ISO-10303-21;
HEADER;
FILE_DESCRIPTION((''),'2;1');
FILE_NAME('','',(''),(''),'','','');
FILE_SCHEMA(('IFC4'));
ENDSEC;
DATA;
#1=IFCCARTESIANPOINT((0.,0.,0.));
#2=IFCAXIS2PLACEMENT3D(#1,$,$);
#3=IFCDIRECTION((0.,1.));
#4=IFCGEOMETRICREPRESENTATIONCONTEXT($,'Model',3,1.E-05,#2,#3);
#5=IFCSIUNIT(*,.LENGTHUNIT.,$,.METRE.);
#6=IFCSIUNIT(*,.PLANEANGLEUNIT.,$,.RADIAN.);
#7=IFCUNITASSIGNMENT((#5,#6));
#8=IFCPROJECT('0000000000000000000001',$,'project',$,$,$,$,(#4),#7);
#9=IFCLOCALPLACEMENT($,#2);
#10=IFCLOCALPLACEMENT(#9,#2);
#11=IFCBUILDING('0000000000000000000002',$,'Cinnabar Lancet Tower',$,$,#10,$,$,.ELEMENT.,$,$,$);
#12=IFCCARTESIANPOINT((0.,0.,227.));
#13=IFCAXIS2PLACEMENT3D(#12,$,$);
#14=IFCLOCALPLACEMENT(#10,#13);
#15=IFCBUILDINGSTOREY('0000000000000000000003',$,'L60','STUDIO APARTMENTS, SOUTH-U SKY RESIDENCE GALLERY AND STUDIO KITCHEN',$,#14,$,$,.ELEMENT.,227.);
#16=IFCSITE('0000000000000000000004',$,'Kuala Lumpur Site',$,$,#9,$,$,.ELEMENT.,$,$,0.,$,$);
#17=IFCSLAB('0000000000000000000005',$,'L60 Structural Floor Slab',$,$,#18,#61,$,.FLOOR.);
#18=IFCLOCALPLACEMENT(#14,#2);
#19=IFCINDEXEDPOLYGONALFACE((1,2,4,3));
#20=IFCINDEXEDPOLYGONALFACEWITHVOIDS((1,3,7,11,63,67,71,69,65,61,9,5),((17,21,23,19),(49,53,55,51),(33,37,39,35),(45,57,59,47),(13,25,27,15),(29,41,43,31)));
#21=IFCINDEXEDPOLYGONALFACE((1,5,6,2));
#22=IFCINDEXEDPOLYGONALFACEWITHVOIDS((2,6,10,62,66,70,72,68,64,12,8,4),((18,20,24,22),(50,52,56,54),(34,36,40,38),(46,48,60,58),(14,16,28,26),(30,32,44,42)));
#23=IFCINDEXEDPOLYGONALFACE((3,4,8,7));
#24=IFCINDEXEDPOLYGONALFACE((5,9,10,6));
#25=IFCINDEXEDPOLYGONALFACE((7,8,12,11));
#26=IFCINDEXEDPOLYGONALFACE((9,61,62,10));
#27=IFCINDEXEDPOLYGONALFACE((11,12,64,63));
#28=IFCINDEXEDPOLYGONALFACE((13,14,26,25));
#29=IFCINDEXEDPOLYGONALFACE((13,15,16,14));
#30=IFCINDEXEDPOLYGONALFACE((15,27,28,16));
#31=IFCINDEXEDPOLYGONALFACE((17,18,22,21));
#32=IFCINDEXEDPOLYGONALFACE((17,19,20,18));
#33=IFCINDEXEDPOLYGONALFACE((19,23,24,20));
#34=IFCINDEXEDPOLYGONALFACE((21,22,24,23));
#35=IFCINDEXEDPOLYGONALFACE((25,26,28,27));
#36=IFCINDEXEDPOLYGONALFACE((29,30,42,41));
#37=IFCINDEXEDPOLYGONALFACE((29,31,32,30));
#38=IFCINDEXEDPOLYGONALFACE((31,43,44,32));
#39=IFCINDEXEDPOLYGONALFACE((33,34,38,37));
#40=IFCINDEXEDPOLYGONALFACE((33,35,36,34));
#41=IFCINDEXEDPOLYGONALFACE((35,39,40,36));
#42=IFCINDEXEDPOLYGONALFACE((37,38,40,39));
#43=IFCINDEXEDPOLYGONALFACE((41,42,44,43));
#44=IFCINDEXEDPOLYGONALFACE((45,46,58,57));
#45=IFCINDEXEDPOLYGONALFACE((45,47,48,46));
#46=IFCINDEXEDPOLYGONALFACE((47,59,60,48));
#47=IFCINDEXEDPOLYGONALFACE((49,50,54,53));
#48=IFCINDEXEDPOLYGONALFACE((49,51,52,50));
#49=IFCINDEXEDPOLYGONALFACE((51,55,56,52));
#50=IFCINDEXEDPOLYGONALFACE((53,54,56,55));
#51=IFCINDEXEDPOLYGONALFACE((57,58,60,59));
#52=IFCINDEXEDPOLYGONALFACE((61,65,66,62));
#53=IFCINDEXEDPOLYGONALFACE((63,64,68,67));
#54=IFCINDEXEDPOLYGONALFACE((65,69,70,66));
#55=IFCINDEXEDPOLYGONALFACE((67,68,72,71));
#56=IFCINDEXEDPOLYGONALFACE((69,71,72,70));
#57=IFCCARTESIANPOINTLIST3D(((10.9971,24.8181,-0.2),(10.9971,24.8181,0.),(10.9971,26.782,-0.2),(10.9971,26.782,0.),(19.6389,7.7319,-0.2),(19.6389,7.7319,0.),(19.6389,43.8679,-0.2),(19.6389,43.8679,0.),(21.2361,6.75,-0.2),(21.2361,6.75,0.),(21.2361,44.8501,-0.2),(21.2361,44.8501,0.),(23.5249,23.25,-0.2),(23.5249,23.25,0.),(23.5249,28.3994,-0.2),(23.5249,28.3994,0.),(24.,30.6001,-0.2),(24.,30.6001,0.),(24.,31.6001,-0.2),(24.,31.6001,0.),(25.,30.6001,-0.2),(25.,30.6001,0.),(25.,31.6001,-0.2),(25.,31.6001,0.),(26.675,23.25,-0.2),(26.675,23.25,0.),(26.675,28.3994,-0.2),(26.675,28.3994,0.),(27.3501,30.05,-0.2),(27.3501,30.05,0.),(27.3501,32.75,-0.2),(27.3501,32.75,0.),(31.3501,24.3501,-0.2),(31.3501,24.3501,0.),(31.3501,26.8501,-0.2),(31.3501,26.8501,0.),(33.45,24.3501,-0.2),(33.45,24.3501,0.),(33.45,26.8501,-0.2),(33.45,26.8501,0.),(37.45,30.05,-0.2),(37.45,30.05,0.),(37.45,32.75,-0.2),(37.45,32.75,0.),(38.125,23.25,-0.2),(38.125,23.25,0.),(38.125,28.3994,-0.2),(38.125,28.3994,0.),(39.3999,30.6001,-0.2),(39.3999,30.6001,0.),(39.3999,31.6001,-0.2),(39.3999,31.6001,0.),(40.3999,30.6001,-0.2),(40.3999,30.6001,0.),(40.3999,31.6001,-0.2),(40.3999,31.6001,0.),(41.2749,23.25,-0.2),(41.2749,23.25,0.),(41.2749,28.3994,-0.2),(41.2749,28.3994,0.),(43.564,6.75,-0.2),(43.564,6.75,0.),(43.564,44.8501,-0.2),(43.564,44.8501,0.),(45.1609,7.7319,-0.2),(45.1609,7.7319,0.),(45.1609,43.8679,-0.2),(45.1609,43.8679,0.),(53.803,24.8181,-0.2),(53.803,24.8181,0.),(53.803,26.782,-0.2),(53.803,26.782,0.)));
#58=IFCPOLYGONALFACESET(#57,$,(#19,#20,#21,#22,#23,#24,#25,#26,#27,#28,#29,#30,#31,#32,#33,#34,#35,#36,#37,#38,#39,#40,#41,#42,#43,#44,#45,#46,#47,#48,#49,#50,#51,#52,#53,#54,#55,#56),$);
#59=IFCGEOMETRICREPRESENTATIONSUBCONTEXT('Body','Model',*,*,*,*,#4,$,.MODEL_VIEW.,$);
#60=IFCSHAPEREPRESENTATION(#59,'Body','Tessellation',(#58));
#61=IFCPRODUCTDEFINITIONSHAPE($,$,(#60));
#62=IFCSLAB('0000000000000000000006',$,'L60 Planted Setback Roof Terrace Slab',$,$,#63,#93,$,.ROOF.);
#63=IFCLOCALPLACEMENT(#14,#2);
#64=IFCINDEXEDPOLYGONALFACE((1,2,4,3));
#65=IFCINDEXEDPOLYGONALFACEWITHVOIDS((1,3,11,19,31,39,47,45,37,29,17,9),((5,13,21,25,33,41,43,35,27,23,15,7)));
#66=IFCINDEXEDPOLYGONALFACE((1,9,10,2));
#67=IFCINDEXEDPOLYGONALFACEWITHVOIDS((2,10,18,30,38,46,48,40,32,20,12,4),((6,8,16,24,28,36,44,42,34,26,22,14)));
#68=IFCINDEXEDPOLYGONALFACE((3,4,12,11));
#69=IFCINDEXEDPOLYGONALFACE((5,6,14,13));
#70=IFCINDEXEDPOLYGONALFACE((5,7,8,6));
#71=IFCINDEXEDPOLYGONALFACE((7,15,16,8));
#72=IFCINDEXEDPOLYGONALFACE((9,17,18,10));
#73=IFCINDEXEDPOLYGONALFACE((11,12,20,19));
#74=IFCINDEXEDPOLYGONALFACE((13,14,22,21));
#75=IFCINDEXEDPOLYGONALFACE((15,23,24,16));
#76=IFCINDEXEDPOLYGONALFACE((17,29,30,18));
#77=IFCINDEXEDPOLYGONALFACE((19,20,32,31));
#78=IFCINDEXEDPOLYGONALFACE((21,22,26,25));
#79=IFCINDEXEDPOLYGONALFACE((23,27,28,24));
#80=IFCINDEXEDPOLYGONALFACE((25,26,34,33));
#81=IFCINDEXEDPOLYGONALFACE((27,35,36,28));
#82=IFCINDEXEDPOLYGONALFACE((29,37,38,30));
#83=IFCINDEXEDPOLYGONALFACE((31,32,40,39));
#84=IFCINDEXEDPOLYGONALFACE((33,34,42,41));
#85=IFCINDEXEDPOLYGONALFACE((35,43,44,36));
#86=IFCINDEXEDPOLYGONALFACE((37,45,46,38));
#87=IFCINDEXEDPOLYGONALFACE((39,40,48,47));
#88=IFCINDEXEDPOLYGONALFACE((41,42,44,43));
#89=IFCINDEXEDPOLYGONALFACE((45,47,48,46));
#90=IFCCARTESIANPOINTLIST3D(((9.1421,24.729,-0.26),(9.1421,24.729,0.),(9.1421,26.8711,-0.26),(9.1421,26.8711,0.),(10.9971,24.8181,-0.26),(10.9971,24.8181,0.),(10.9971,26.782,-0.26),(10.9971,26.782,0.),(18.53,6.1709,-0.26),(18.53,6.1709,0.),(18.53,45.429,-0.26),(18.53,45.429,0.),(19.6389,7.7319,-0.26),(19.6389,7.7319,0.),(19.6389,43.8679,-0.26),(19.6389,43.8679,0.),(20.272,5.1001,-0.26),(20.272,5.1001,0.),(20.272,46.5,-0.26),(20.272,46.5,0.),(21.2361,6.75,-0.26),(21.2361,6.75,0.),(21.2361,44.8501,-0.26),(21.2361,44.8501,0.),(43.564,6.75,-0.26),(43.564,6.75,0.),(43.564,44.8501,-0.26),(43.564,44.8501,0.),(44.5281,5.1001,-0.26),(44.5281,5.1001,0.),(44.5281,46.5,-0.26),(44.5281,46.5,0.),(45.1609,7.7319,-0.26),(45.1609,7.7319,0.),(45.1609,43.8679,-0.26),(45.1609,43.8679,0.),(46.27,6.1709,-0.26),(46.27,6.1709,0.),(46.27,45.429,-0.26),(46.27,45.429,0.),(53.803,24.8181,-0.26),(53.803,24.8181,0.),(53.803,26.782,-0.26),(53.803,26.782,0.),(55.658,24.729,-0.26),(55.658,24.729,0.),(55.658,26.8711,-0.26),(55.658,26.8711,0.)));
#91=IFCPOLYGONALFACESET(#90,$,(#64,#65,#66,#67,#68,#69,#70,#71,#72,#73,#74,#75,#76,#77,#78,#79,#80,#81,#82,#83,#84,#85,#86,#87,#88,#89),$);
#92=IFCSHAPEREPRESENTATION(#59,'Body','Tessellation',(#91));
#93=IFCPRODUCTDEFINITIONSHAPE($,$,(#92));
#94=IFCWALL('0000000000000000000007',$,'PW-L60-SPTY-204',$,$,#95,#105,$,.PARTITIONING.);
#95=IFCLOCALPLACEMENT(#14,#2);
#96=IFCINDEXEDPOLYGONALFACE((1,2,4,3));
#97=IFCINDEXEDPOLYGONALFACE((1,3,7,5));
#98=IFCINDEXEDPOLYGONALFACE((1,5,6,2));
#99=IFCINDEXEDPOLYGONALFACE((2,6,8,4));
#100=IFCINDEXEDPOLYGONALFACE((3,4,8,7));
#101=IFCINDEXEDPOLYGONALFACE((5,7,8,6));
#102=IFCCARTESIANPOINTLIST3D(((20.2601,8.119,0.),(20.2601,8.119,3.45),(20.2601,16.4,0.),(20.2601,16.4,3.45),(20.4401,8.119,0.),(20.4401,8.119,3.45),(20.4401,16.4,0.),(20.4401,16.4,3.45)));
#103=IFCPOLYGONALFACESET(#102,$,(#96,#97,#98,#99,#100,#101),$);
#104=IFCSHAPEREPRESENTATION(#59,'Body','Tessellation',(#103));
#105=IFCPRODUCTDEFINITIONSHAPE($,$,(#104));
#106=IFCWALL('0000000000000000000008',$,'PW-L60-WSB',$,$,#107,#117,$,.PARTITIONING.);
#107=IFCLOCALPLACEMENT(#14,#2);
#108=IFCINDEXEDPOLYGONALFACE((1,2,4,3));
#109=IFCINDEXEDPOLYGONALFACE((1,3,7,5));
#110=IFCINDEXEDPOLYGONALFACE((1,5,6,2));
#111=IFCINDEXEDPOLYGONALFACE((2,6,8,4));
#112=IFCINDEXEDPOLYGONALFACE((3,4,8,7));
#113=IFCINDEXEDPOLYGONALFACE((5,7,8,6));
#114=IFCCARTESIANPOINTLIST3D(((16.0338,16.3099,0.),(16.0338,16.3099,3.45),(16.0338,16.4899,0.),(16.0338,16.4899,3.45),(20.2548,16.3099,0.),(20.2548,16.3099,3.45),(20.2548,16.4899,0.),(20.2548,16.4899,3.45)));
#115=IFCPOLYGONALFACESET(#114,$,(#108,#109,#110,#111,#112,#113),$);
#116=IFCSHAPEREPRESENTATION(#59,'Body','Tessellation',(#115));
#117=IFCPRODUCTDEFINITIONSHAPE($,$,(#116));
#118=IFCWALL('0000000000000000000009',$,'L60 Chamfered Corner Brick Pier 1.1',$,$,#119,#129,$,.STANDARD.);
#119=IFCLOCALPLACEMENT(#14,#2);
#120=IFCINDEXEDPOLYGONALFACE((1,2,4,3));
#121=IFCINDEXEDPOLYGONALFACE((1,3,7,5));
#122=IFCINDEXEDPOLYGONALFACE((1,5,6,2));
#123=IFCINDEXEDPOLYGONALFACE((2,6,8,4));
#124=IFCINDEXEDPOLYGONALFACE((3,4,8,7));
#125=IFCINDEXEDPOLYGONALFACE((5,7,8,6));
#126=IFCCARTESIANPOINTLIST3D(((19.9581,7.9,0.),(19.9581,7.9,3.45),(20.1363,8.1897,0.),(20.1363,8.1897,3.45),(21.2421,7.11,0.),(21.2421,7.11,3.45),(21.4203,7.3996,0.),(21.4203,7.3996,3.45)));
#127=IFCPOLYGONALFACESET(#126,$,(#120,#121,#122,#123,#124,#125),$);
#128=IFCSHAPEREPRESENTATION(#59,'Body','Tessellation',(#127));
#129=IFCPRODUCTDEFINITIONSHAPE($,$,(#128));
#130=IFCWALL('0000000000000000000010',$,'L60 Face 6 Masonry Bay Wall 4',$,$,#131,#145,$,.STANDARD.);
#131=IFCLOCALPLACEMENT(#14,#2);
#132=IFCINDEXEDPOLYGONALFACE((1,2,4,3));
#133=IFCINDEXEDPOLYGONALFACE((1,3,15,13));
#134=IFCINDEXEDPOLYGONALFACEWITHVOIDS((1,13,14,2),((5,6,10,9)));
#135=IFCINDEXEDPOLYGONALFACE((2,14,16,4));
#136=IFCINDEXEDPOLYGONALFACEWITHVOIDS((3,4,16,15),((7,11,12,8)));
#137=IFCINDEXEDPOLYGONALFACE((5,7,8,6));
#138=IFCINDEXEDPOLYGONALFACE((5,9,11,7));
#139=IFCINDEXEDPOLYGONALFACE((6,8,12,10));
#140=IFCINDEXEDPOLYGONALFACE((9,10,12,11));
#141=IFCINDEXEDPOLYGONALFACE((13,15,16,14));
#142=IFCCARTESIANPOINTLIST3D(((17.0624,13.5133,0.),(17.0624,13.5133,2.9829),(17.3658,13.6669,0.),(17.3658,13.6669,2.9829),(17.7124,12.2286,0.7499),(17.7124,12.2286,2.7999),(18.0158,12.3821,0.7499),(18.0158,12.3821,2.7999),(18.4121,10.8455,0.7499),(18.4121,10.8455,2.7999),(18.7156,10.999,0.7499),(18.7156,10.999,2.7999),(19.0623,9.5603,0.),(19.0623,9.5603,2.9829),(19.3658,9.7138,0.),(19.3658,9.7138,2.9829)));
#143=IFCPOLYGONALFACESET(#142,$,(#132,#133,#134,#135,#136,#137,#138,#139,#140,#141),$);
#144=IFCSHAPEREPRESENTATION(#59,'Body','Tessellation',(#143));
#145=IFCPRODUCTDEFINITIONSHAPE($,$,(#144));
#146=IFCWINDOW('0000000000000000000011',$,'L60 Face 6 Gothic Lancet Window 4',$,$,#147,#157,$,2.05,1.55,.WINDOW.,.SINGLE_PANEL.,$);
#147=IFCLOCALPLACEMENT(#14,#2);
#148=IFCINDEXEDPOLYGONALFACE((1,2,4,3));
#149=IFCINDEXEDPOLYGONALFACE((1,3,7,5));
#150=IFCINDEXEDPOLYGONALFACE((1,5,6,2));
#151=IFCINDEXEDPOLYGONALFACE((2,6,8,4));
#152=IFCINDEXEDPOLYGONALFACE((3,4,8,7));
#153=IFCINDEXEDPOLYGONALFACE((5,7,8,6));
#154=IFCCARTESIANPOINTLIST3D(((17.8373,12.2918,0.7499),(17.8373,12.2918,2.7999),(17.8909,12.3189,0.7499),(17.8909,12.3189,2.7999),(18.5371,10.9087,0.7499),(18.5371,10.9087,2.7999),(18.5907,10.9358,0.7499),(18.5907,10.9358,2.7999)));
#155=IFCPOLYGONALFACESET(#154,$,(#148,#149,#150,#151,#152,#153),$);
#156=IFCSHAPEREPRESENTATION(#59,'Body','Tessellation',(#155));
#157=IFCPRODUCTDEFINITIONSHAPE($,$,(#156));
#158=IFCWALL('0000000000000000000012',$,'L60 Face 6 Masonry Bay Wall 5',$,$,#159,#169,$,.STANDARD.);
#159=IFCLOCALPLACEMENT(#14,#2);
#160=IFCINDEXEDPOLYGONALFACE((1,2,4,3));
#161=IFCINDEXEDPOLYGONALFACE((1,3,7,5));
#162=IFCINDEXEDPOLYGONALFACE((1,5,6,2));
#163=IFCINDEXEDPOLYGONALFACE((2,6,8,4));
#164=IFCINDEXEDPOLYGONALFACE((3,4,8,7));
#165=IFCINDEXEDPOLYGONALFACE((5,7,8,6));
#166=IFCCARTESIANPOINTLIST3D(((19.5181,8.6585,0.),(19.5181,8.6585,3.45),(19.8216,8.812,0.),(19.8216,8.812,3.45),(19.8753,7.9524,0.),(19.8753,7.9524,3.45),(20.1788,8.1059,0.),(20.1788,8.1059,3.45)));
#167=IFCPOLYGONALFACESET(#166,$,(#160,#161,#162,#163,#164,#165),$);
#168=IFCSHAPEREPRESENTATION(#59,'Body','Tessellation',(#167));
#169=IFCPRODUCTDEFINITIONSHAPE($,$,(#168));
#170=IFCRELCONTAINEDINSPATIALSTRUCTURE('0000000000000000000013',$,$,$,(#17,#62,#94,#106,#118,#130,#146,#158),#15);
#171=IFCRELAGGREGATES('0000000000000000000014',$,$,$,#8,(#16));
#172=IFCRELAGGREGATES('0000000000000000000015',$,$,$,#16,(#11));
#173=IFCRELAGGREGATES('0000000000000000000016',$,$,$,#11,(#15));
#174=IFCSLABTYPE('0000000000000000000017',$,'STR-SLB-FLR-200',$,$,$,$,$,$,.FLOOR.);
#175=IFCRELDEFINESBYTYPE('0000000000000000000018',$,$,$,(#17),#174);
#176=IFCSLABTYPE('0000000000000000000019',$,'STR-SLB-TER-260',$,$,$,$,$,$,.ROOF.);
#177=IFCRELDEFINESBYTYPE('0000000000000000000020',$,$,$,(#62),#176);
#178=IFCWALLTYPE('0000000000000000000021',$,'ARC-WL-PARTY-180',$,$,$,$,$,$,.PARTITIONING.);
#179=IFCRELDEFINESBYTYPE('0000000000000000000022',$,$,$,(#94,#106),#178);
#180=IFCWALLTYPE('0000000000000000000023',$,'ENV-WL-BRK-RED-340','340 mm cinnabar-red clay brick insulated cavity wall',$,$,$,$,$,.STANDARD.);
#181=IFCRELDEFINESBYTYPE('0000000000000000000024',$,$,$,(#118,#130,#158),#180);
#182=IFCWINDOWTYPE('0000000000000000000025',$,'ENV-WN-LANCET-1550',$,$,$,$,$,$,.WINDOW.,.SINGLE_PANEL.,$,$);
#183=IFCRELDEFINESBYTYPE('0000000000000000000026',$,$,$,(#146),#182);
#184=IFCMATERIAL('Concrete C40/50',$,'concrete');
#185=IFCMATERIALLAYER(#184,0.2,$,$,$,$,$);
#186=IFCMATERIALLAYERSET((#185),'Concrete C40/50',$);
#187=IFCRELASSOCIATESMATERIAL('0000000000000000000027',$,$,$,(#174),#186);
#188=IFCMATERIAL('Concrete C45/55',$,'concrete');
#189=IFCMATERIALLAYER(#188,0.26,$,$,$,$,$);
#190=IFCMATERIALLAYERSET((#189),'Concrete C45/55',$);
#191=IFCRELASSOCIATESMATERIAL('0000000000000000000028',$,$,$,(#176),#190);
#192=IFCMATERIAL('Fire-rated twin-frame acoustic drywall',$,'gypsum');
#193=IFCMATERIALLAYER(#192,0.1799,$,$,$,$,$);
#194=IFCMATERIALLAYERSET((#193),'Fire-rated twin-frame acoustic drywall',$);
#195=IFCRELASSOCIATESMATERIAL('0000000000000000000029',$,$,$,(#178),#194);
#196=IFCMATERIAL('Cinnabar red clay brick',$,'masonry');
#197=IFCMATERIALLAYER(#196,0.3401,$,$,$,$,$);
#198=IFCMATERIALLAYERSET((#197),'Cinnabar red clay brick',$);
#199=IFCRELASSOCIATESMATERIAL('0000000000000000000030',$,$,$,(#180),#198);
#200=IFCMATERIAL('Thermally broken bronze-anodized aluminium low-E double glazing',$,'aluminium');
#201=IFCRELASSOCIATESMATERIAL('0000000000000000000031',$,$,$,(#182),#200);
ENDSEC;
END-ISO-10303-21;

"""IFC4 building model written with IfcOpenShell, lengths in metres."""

from ifc_helpers import new_model, si_unit, direction, frame, frame_2d, origin, place, context, subcontext, project, spatial, polyline, rectangle, outline, extrude, material, layer, layer_set, type_object, element, fill, save


model = new_model("IFC4")

# Units and contexts
model_context = context("Model", 3, precision=1e-05, world=origin(), true_north=direction((0.0, 1.0)))
body_context = subcontext(model_context, "Body", "Model", "MODEL_VIEW")
ifc_project = project(units=[si_unit("LENGTHUNIT", "METRE"), si_unit("PLANEANGLEUNIT", "RADIAN")], contexts=[model_context])

# Site, building, storey
site_placement = place(None, origin())
site = spatial("IfcSite", under=ifc_project, at=site_placement, Name="Kuala Lumpur Site", CompositionType="ELEMENT", RefElevation=0.0)
building_placement = place(site_placement, origin())
building = spatial("IfcBuilding", under=site, at=building_placement, Name="Cinnabar Lancet Tower", CompositionType="ELEMENT")
storey_placement = place(building_placement, frame((0.0, 0.0, 227.0)))
storey = spatial("IfcBuildingStorey", under=building, at=storey_placement, Name="L60", Description="STUDIO APARTMENTS, SOUTH-U SKY RESIDENCE GALLERY AND STUDIO KITCHEN", CompositionType="ELEMENT", Elevation=227.0)

# Slabs
ifc_material_1 = material(Name="Concrete C40/50", Category="concrete")
ifc_layer_1 = layer(ifc_material_1, 0.2)
ifc_layer_set_1 = layer_set([ifc_layer_1], Name="Concrete C40/50")
slab_type_1 = type_object("IfcSlabType", Name="STR-SLB-FLR-200", PredefinedType="FLOOR", material=ifc_layer_set_1)
slab_1_placement = place(storey_placement, frame((0.0, 0.0, -0.2)))
element("IfcSlab", 1, at=slab_1_placement, inside=storey, type_object=slab_type_1, Name="L60 Structural Floor Slab", PredefinedType="FLOOR", context=body_context, shape_type="SweptSolid", body=[
    extrude(outline(polyline([(19.6389, 7.7319), (21.2361, 6.75), (43.564, 6.75), (45.1609, 7.7319), (53.803, 24.8181), (53.803, 26.782), (45.1609, 43.8679), (43.564, 44.8501), (21.2361, 44.8501), (19.6389, 43.8679), (10.9971, 26.782), (10.9971, 24.8181), (19.6389, 7.7319)]), holes=[polyline([(23.5249, 23.25), (26.675, 23.25), (26.675, 28.3994), (23.5249, 28.3994), (23.5249, 23.25)]), polyline([(38.125, 23.25), (41.2749, 23.25), (41.2749, 28.3994), (38.125, 28.3994), (38.125, 23.25)]), polyline([(27.3501, 30.05), (37.45, 30.05), (37.45, 32.75), (27.3501, 32.75), (27.3501, 30.05)]), polyline([(31.3501, 24.3501), (33.45, 24.3501), (33.45, 26.8501), (31.3501, 26.8501), (31.3501, 24.3501)]), polyline([(24.0, 30.6001), (25.0, 30.6001), (25.0, 31.6001), (24.0, 31.6001), (24.0, 30.6001)]), polyline([(39.3999, 30.6001), (40.3999, 30.6001), (40.3999, 31.6001), (39.3999, 31.6001), (39.3999, 30.6001)])]), origin(), (0.0, 0.0, 1.0), 0.2),
])
ifc_material_2 = material(Name="Concrete C45/55", Category="concrete")
ifc_layer_2 = layer(ifc_material_2, 0.26)
ifc_layer_set_2 = layer_set([ifc_layer_2], Name="Concrete C45/55")
slab_type_2 = type_object("IfcSlabType", Name="STR-SLB-TER-260", PredefinedType="ROOF", material=ifc_layer_set_2)
slab_2_placement = place(storey_placement, frame((0.0, 0.0, -0.26)))
element("IfcSlab", 2, at=slab_2_placement, inside=storey, type_object=slab_type_2, Name="L60 Planted Setback Roof Terrace Slab", PredefinedType="ROOF", context=body_context, shape_type="SweptSolid", body=[
    extrude(outline(polyline([(18.53, 6.1709), (20.272, 5.1001), (44.5281, 5.1001), (46.27, 6.1709), (55.658, 24.729), (55.658, 26.8711), (46.27, 45.429), (44.5281, 46.5), (20.272, 46.5), (18.53, 45.429), (9.1421, 26.8711), (9.1421, 24.729), (18.53, 6.1709)]), holes=[polyline([(19.6389, 7.7319), (21.2361, 6.75), (43.564, 6.75), (45.1609, 7.7319), (53.803, 24.8181), (53.803, 26.782), (45.1609, 43.8679), (43.564, 44.8501), (21.2361, 44.8501), (19.6389, 43.8679), (10.9971, 26.782), (10.9971, 24.8181), (19.6389, 7.7319)])]), origin(), (0.0, 0.0, 1.0), 0.26),
])

# Walls
ifc_material_3 = material(Name="Fire-rated twin-frame acoustic drywall", Category="gypsum")
ifc_layer_3 = layer(ifc_material_3, 0.1799)
ifc_layer_set_3 = layer_set([ifc_layer_3], Name="Fire-rated twin-frame acoustic drywall")
wall_type_1 = type_object("IfcWallType", Name="ARC-WL-PARTY-180", PredefinedType="PARTITIONING", material=ifc_layer_set_3)
wall_1_placement = place(storey_placement, frame((20.3501, 8.1189, 0.0), z_axis=(0.0, 0.0, 1.0), x_axis=(0.0, 1.0, 0.0)))
element("IfcWall", 3, at=wall_1_placement, inside=storey, type_object=wall_type_1, Name="PW-L60-SPTY-204", PredefinedType="PARTITIONING", context=body_context, shape_type="SweptSolid", body=[
    extrude(rectangle(XDim=8.281, YDim=0.1799, at=frame_2d((4.1406, 0.0))), origin(), (0.0, 0.0, 1.0), 3.45),
])
wall_2_placement = place(storey_placement, frame((16.0339, 16.3999, 0.0), z_axis=(0.0, 0.0, 1.0), x_axis=(1.0, 0.0, 0.0)))
element("IfcWall", 4, at=wall_2_placement, inside=storey, type_object=wall_type_1, Name="PW-L60-WSB", PredefinedType="PARTITIONING", context=body_context, shape_type="SweptSolid", body=[
    extrude(rectangle(XDim=4.2209, YDim=0.1799, at=frame_2d((2.1104, 0.0))), origin(), (0.0, 0.0, 1.0), 3.45),
])
ifc_material_4 = material(Name="Cinnabar red clay brick", Category="masonry")
ifc_layer_4 = layer(ifc_material_4, 0.3401)
ifc_layer_set_4 = layer_set([ifc_layer_4], Name="Cinnabar red clay brick")
wall_type_2 = type_object("IfcWallType", Name="ENV-WL-BRK-RED-340", Description="340 mm cinnabar-red clay brick insulated cavity wall", PredefinedType="STANDARD", material=ifc_layer_set_4)
wall_3_placement = place(storey_placement, frame((20.0471, 8.0449, 0.0), z_axis=(0.0, 0.0, 1.0), x_axis=(0.851681, -0.524061, 0.0)))
element("IfcWall", 5, at=wall_3_placement, inside=storey, type_object=wall_type_2, Name="L60 Chamfered Corner Brick Pier 1.1", PredefinedType="STANDARD", context=body_context, shape_type="SweptSolid", body=[
    extrude(rectangle(XDim=1.5076, YDim=0.3401, at=frame_2d((0.7539, 0.0))), origin(), (0.0, 0.0, 1.0), 3.45),
])

# Wall, opening, window
wall_4_placement = place(storey_placement, frame((17.2141, 13.5901, 0.0), z_axis=(0.0, 0.0, 1.0), x_axis=(0.451441, -0.892301, 0.0)))
wall_4 = element("IfcWall", 6, at=wall_4_placement, inside=storey, type_object=wall_type_2, Name="L60 Face 6 Masonry Bay Wall 4", PredefinedType="STANDARD", context=body_context, shape_type="SweptSolid", body=[
    extrude(rectangle(XDim=4.4302, YDim=0.3401, at=frame_2d((2.2151, 0.0))), origin(), (0.0, 0.0, 1.0), 2.9829),
])
opening_placement = place(wall_4_placement, frame((1.4399, 0.0, 0.75)))
opening = element("IfcOpeningElement", 7, at=opening_placement, cuts=wall_4, PredefinedType="OPENING", context=body_context, shape_type="SweptSolid", body=[
    extrude(rectangle(XDim=1.55, YDim=2.05, at=frame_2d((0.7749, 1.0249))), frame((0.0, 0.1799, 0.0), z_axis=(0.0, -1.0, 0.0), x_axis=(1.0, 0.0, 0.0)), (0.0, 0.0, 1.0), 0.3601),
])
ifc_material_5 = material(Name="Thermally broken bronze-anodized aluminium low-E double glazing", Category="aluminium")
window_type = type_object("IfcWindowType", Name="ENV-WN-LANCET-1550", PartitioningType="SINGLE_PANEL", PredefinedType="WINDOW", material=ifc_material_5)
window_placement = place(opening_placement, origin())
window = element("IfcWindow", 8, at=window_placement, inside=storey, type_object=window_type, Name="L60 Face 6 Gothic Lancet Window 4", OverallHeight=2.05, OverallWidth=1.55, PartitioningType="SINGLE_PANEL", PredefinedType="WINDOW", context=body_context, shape_type="SweptSolid", body=[
    extrude(rectangle(XDim=1.55, YDim=2.05, at=frame_2d((0.7749, 1.0249))), frame((0.0, 0.03, 0.0), z_axis=(0.0, -1.0, 0.0), x_axis=(1.0, 0.0, 0.0)), (0.0, 0.0, 1.0), 0.0601),
])
fill(opening, window)

# Wall
wall_5_placement = place(storey_placement, frame((19.6699, 8.7351, 0.0), z_axis=(0.0, 0.0, 1.0), x_axis=(0.451405, -0.892319, 0.0)))
element("IfcWall", 9, at=wall_5_placement, inside=storey, type_object=wall_type_2, Name="L60 Face 6 Masonry Bay Wall 5", PredefinedType="STANDARD", context=body_context, shape_type="SweptSolid", body=[
    extrude(rectangle(XDim=0.7913, YDim=0.3401, at=frame_2d((0.3955, 0.0))), origin(), (0.0, 0.0, 1.0), 3.45),
])

save(model, "model.ifc")
